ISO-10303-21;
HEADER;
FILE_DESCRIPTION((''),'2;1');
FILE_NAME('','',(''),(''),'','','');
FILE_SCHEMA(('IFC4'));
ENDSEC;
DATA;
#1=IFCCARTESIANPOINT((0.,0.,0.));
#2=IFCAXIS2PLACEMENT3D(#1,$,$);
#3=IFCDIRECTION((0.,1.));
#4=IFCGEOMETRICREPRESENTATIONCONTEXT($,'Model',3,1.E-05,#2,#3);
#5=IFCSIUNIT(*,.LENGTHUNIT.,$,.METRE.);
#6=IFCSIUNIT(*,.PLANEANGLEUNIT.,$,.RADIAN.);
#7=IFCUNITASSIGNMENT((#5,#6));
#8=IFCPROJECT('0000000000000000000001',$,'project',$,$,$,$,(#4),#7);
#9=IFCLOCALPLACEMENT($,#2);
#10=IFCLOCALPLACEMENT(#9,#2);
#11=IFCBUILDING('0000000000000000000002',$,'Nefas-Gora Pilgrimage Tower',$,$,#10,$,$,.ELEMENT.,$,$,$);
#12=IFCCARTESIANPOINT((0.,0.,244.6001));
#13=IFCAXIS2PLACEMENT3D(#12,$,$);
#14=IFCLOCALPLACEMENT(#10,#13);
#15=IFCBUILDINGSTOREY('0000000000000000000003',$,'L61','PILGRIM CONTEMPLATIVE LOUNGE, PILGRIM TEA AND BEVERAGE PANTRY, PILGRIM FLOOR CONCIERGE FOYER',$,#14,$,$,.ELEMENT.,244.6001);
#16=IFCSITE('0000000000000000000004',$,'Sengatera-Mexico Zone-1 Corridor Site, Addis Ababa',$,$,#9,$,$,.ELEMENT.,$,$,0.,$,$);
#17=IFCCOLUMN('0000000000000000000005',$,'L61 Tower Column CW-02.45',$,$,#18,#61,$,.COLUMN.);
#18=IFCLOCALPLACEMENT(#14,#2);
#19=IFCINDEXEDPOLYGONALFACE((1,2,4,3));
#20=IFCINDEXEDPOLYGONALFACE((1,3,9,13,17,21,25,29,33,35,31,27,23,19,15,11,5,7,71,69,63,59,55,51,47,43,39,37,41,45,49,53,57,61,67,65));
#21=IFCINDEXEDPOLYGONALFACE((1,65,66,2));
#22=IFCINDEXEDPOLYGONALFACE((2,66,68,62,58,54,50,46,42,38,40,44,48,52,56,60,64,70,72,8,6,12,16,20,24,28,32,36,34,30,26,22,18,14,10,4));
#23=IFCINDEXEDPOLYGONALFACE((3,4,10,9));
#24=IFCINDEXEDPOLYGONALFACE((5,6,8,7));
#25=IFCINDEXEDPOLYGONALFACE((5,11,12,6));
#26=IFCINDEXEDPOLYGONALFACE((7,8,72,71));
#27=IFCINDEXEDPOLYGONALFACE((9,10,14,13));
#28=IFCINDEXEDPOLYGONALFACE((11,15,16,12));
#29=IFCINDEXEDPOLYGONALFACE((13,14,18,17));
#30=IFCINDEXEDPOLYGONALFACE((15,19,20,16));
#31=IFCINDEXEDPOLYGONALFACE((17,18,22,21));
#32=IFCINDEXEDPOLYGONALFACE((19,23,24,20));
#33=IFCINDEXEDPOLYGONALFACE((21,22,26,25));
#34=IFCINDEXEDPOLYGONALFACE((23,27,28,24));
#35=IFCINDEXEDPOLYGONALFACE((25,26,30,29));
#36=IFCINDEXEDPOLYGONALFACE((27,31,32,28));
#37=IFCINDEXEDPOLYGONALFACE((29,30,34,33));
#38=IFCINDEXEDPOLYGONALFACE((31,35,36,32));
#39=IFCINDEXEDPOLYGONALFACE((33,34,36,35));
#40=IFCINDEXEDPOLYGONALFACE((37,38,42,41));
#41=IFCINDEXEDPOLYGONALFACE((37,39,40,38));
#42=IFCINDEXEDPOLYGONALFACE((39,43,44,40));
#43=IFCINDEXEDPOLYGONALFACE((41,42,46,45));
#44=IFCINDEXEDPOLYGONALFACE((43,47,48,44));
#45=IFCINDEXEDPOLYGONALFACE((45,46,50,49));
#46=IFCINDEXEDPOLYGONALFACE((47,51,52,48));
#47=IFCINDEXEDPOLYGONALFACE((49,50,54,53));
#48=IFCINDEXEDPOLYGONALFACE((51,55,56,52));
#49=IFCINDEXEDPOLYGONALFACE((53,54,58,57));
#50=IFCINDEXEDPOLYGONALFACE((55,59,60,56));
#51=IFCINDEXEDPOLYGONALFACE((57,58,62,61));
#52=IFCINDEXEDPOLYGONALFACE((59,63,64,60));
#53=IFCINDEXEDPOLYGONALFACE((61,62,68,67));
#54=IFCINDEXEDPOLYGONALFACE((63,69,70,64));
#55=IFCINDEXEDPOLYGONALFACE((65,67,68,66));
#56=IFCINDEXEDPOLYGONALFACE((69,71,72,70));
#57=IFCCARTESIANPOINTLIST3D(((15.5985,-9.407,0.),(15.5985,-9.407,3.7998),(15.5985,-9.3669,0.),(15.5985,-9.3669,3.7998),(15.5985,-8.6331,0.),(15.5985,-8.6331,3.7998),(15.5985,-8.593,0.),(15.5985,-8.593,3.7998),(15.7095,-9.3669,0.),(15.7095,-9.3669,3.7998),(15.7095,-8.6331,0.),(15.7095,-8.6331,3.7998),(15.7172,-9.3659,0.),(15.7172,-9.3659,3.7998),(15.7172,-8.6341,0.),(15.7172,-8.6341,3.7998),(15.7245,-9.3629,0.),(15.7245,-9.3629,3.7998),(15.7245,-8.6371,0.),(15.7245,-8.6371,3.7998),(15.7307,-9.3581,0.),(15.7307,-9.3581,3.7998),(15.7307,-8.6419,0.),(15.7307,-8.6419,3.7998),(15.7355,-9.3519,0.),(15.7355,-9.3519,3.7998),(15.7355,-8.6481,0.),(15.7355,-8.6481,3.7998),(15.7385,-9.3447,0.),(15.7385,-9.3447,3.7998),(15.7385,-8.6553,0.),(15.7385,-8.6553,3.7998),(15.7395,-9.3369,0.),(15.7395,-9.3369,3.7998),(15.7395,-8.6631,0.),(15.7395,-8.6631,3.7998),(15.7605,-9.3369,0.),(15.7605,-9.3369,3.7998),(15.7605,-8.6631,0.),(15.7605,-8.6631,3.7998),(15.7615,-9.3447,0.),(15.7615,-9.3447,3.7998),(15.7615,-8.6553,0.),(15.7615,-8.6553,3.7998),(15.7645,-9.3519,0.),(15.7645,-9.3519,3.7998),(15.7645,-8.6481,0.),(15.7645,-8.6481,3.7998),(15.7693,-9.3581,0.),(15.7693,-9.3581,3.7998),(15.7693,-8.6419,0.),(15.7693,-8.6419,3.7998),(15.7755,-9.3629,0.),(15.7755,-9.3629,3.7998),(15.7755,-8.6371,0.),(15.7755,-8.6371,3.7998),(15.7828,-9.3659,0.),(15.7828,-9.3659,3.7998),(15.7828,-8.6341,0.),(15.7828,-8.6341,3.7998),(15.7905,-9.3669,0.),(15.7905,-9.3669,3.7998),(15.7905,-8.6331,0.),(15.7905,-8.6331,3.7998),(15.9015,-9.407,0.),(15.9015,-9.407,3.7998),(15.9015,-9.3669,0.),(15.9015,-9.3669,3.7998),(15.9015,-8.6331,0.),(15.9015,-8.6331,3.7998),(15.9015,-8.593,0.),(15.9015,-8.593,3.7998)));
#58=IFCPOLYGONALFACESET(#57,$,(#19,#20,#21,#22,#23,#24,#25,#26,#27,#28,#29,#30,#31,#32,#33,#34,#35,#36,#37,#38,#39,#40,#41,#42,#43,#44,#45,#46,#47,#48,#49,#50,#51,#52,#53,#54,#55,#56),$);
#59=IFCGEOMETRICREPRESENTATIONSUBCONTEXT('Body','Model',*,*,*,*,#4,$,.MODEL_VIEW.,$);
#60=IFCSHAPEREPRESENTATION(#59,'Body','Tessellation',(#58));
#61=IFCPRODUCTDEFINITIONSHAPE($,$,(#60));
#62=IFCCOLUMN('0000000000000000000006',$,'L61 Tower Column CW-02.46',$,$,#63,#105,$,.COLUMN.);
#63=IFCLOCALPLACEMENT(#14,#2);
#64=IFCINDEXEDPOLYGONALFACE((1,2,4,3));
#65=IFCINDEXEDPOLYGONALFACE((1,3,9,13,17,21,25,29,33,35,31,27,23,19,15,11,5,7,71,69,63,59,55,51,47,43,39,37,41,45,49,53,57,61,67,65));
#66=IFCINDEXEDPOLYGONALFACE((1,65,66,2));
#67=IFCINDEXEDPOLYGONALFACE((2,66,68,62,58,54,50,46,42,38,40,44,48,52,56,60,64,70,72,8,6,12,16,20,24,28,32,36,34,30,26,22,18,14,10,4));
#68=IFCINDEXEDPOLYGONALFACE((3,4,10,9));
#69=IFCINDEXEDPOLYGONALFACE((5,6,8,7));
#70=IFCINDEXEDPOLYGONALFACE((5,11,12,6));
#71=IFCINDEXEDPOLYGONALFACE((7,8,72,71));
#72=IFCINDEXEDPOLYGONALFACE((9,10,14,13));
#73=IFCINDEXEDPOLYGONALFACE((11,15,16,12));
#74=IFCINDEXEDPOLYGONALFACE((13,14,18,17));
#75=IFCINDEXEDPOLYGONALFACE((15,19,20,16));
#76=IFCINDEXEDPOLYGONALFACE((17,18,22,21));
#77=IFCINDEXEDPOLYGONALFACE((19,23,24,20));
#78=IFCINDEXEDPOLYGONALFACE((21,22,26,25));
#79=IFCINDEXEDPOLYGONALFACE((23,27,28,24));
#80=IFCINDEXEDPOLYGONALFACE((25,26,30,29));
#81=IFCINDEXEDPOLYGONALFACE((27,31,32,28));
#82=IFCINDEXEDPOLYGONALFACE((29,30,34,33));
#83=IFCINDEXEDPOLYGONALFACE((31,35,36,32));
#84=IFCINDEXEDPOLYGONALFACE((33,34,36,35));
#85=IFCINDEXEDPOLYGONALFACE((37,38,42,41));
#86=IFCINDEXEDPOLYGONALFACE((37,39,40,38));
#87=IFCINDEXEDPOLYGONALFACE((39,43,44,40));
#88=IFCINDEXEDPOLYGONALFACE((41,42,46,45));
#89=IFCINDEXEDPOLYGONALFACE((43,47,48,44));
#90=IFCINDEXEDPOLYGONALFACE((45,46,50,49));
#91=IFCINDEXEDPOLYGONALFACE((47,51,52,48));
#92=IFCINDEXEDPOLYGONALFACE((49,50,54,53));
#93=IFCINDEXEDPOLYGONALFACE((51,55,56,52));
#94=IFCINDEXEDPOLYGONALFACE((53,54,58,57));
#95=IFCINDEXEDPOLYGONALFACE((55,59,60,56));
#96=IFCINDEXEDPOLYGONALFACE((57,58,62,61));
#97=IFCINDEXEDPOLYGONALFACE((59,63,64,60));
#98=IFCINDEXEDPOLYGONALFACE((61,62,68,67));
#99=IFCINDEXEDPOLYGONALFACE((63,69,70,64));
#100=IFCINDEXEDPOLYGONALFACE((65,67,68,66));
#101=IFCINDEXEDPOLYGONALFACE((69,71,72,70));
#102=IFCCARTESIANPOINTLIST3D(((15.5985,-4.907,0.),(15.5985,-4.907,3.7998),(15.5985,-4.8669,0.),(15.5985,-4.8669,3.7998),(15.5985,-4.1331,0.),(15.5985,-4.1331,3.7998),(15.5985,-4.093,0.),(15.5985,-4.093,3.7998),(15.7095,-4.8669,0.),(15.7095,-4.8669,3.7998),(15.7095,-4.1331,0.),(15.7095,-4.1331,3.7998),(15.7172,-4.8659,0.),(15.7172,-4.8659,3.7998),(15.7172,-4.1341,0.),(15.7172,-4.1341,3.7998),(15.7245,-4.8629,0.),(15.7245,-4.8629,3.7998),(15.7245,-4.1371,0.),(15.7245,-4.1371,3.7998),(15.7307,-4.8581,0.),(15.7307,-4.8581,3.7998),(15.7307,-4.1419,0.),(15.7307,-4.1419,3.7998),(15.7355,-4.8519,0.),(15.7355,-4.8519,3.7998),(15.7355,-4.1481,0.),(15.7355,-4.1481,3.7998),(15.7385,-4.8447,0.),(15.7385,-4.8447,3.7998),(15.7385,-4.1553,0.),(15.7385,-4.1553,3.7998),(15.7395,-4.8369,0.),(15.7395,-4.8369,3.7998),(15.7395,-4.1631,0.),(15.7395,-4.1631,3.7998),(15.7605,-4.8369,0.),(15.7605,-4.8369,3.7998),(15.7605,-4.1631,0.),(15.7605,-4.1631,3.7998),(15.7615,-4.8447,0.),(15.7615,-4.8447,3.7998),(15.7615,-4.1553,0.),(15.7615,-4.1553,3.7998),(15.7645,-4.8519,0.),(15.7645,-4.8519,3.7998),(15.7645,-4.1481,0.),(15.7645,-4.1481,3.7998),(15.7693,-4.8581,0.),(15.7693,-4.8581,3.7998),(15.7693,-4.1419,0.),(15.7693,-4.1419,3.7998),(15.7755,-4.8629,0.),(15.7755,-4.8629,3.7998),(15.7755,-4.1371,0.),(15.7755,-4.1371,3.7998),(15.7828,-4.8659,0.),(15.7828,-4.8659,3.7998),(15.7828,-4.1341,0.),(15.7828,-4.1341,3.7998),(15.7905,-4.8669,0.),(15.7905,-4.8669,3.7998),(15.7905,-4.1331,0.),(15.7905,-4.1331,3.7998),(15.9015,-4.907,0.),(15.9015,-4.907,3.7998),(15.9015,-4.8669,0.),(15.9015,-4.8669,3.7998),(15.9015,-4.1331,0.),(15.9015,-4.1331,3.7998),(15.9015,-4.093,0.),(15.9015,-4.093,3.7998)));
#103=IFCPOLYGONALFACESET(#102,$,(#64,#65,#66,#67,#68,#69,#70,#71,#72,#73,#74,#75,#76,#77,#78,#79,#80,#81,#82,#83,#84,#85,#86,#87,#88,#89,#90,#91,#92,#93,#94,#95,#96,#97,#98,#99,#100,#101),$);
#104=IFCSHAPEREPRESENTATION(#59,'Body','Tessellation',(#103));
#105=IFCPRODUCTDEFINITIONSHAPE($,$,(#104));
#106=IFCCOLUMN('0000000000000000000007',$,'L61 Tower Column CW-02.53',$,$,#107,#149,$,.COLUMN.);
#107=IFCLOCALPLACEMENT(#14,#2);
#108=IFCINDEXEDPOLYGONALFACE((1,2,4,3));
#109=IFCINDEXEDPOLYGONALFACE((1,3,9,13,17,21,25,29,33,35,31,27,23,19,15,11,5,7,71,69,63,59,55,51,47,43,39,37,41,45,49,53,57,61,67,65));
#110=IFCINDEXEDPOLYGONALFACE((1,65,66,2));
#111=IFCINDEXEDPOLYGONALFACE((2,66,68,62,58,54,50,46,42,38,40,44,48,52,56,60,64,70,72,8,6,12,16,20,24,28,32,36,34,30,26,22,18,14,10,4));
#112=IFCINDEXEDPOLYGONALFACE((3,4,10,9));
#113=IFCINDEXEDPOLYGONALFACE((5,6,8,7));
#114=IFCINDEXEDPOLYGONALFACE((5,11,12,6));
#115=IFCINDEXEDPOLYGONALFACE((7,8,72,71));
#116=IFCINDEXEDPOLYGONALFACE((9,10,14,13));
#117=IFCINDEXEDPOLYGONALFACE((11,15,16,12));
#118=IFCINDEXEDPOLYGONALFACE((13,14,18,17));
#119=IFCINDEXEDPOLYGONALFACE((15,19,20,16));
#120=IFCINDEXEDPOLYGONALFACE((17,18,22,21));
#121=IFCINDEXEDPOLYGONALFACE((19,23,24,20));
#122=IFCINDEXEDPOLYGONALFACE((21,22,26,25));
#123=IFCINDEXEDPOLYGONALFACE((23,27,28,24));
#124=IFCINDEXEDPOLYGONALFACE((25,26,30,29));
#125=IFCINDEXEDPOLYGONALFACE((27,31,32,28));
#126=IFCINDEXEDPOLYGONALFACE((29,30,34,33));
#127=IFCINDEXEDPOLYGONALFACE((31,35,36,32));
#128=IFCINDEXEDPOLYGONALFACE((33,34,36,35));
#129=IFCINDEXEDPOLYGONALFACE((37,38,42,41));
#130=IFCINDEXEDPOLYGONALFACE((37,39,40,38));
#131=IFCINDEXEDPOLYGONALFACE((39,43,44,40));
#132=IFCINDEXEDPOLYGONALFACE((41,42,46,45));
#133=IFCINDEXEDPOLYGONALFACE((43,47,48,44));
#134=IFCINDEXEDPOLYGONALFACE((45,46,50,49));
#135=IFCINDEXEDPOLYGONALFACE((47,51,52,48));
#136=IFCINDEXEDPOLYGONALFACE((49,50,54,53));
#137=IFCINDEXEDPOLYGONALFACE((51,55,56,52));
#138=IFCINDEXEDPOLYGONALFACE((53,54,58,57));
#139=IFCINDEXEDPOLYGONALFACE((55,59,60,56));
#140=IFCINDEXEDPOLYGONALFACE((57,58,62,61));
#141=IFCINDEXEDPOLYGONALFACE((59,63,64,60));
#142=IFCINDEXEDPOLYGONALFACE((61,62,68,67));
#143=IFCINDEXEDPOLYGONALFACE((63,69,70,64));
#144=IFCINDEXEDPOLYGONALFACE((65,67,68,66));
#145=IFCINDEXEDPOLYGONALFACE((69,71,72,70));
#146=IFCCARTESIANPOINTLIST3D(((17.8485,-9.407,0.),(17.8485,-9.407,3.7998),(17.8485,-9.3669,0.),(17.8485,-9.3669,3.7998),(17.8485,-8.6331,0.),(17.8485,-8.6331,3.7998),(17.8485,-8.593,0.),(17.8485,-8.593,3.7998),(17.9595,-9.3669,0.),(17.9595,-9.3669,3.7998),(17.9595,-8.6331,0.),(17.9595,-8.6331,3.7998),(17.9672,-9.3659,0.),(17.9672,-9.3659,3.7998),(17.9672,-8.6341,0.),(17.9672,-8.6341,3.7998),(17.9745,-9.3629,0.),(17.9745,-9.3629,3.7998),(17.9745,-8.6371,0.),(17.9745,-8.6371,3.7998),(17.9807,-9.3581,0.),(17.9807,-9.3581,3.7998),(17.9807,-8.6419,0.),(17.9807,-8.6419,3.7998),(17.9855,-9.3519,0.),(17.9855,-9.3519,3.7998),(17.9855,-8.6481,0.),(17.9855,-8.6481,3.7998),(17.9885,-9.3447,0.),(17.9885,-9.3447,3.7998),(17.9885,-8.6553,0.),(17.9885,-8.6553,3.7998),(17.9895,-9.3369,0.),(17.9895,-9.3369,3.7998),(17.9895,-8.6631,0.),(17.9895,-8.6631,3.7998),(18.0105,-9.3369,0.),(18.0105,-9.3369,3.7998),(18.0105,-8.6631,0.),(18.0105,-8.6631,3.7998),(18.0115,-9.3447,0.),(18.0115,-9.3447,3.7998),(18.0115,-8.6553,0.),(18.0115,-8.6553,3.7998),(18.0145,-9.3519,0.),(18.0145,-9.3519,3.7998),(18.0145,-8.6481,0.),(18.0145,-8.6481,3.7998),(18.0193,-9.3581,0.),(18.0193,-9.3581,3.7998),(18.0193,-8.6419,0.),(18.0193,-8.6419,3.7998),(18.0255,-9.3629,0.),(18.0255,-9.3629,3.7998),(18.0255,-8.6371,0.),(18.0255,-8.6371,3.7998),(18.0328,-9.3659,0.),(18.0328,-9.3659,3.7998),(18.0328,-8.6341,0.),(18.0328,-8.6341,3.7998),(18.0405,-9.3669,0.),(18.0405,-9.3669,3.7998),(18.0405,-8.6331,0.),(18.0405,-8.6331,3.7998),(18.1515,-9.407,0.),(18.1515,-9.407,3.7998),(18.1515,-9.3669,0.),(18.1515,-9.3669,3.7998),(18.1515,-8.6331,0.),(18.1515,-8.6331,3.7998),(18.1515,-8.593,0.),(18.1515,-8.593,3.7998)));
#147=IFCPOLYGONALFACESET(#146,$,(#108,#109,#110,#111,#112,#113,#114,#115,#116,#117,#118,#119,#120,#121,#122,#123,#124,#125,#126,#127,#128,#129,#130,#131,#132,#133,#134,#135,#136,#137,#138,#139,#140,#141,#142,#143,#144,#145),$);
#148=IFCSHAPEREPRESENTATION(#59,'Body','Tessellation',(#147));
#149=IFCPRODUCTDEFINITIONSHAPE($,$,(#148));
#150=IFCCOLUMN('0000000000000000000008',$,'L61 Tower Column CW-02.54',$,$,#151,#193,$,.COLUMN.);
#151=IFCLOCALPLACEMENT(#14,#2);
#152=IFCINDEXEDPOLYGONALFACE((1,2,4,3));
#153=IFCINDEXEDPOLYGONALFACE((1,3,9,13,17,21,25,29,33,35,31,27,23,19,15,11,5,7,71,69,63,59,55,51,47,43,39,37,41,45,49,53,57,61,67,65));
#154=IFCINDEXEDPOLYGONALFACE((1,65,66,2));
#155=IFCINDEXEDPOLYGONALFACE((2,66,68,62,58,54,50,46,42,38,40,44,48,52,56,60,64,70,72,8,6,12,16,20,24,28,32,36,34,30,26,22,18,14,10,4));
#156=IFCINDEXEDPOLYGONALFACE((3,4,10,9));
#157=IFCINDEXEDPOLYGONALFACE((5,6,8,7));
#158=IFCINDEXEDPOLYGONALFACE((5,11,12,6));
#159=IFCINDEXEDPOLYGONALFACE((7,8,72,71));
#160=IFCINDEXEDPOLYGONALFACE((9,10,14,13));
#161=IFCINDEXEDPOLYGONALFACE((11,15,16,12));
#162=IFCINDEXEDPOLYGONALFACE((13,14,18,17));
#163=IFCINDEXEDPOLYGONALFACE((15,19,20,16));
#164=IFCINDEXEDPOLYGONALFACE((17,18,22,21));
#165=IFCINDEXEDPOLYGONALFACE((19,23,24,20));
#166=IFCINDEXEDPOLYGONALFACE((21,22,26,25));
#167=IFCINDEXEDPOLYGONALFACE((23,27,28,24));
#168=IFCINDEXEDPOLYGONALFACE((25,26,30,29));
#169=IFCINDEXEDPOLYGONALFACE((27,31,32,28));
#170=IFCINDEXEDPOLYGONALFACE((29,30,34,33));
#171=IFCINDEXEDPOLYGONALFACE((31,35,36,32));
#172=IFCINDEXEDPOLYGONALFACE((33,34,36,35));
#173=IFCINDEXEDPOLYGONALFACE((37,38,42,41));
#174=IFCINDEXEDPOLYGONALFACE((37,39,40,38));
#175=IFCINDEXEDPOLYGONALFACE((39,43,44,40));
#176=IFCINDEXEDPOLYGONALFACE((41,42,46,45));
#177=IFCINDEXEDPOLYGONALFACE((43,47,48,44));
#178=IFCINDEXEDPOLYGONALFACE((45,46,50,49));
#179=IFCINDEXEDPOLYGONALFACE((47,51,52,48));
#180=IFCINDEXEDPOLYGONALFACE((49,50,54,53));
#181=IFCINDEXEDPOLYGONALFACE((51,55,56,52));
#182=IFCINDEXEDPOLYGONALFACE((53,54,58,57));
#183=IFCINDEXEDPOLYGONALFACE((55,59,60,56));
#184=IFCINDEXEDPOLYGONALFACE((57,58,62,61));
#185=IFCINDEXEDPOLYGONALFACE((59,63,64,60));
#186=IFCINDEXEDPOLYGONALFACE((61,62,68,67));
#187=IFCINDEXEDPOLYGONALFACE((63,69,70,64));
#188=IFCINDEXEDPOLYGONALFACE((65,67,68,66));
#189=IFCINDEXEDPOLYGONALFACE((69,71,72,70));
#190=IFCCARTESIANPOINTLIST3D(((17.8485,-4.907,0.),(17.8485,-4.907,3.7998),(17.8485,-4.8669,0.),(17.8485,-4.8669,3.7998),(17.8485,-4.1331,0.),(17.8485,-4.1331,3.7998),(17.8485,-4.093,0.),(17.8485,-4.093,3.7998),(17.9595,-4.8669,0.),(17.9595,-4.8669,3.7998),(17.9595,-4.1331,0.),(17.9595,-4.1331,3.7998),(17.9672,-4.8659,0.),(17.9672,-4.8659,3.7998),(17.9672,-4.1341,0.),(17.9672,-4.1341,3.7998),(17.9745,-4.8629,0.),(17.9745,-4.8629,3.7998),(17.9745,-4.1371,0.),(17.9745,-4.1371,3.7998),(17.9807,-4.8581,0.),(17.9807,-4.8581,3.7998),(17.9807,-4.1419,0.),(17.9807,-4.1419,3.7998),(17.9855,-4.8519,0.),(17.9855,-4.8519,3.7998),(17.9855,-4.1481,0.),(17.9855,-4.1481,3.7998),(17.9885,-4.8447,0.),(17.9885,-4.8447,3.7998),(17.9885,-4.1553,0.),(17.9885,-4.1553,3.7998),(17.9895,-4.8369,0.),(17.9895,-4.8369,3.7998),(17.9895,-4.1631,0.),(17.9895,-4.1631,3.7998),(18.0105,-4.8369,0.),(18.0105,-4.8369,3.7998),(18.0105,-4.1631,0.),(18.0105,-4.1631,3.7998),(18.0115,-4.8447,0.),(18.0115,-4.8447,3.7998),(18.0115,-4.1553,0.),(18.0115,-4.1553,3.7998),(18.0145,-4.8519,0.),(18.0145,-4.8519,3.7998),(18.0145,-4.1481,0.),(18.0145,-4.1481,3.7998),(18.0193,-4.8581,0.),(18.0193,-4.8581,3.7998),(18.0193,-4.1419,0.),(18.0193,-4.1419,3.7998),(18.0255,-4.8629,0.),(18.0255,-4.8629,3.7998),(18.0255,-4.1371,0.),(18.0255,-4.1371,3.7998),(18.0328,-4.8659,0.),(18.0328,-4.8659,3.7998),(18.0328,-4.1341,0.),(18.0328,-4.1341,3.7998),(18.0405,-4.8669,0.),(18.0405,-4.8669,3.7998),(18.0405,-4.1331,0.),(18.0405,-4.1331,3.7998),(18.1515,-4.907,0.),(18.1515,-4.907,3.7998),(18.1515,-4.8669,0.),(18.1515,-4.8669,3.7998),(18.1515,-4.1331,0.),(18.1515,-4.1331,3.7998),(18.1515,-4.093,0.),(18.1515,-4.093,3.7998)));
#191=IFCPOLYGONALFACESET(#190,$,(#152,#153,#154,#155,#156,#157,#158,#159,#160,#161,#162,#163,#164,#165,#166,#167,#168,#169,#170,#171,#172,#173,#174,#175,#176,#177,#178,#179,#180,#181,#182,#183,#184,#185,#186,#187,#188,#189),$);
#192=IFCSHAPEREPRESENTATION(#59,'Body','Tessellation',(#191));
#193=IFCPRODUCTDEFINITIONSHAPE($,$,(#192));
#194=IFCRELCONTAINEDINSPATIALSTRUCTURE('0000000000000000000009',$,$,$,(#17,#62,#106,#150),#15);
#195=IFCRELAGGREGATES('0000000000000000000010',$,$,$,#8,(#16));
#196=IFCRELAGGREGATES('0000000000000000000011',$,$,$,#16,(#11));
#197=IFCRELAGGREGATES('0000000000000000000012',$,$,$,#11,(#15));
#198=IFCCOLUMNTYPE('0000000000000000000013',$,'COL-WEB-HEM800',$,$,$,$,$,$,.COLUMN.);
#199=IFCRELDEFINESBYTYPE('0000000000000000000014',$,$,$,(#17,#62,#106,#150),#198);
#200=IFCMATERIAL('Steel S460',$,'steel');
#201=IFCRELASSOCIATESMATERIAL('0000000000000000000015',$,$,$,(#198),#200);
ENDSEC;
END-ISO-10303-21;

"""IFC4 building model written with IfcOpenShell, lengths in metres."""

from ifc_helpers import new_model, si_unit, direction, frame, origin, origin_2d, place, context, subcontext, project, spatial, i_section, extrude, source, transform, mapped, material, material_profile, profile_set, type_object, element, save


model = new_model("IFC4")

# Units and contexts
model_context = context("Model", 3, precision=1e-05, world=origin(), true_north=direction((0.0, 1.0)))
body_context = subcontext(model_context, "Body", "Model", "MODEL_VIEW")
ifc_project = project(units=[si_unit("LENGTHUNIT", "METRE"), si_unit("PLANEANGLEUNIT", "RADIAN")], contexts=[model_context])

# Site, building, storey
site_placement = place(None, origin())
site = spatial("IfcSite", under=ifc_project, at=site_placement, Name="Sengatera-Mexico Zone-1 Corridor Site, Addis Ababa", CompositionType="ELEMENT", RefElevation=0.0)
building_placement = place(site_placement, origin())
building = spatial("IfcBuilding", under=site, at=building_placement, Name="Nefas-Gora Pilgrimage Tower", CompositionType="ELEMENT")
storey_placement = place(building_placement, frame((0.0, 0.0, 244.6001)))
storey = spatial("IfcBuildingStorey", under=building, at=storey_placement, Name="L61", Description="PILGRIM CONTEMPLATIVE LOUNGE, PILGRIM TEA AND BEVERAGE PANTRY, PILGRIM FLOOR CONCIERGE FOYER", CompositionType="ELEMENT", Elevation=244.6001)

# Columns
ifc_material_1 = material(Name="Steel S460", Category="steel")
ifc_material_profile_1 = material_profile(ifc_material_1, i_section(OverallWidth=0.303, OverallDepth=0.814, WebThickness=0.021, FlangeThickness=0.04, FilletRadius=0.03, at=origin_2d()), Name="HEM 800")
ifc_profile_set_1 = profile_set([ifc_material_profile_1], Name="Steel S460")
column_type_1 = type_object("IfcColumnType", Name="COL-WEB-HEM800", PredefinedType="COLUMN", material=ifc_profile_set_1)
shared_shape_1 = source(origin(), body_context, "Body", "SweptSolid", [
    extrude(i_section(OverallWidth=0.303, OverallDepth=0.814, WebThickness=0.021, FlangeThickness=0.04, FilletRadius=0.03, at=origin_2d()), origin(), (0.0, 0.0, 1.0), 3.7998),
])
for number, where, z_axis, x_axis, name in (
    (1, (15.75, -9.0, 0.0), (0.0, 0.0, 1.0), (1.0, 0.0, 0.0), "L61 Tower Column CW-02.45"),
    (2, (15.75, -4.5, 0.0), (0.0, 0.0, 1.0), (1.0, 0.0, 0.0), "L61 Tower Column CW-02.46"),
    (3, (18.0, -9.0, 0.0), (0.0, 0.0, 1.0), (1.0, 0.0, 0.0), "L61 Tower Column CW-02.53"),
    (4, (18.0, -4.5, 0.0), (0.0, 0.0, 1.0), (1.0, 0.0, 0.0), "L61 Tower Column CW-02.54"),
):
    element("IfcColumn", number, at=place(storey_placement, frame(where, z_axis=z_axis, x_axis=x_axis)), inside=storey, type_object=column_type_1, Name=name, PredefinedType="COLUMN", context=body_context, shape_type="MappedRepresentation", body=[
        mapped(shared_shape_1, transform((0.0, 0.0, 0.0), x_axis=(1.0, 0.0, 0.0), y_axis=(0.0, 1.0, 0.0), z_axis=(0.0, 0.0, 1.0), scale=1.0)),
    ])

save(model, "model.ifc")
